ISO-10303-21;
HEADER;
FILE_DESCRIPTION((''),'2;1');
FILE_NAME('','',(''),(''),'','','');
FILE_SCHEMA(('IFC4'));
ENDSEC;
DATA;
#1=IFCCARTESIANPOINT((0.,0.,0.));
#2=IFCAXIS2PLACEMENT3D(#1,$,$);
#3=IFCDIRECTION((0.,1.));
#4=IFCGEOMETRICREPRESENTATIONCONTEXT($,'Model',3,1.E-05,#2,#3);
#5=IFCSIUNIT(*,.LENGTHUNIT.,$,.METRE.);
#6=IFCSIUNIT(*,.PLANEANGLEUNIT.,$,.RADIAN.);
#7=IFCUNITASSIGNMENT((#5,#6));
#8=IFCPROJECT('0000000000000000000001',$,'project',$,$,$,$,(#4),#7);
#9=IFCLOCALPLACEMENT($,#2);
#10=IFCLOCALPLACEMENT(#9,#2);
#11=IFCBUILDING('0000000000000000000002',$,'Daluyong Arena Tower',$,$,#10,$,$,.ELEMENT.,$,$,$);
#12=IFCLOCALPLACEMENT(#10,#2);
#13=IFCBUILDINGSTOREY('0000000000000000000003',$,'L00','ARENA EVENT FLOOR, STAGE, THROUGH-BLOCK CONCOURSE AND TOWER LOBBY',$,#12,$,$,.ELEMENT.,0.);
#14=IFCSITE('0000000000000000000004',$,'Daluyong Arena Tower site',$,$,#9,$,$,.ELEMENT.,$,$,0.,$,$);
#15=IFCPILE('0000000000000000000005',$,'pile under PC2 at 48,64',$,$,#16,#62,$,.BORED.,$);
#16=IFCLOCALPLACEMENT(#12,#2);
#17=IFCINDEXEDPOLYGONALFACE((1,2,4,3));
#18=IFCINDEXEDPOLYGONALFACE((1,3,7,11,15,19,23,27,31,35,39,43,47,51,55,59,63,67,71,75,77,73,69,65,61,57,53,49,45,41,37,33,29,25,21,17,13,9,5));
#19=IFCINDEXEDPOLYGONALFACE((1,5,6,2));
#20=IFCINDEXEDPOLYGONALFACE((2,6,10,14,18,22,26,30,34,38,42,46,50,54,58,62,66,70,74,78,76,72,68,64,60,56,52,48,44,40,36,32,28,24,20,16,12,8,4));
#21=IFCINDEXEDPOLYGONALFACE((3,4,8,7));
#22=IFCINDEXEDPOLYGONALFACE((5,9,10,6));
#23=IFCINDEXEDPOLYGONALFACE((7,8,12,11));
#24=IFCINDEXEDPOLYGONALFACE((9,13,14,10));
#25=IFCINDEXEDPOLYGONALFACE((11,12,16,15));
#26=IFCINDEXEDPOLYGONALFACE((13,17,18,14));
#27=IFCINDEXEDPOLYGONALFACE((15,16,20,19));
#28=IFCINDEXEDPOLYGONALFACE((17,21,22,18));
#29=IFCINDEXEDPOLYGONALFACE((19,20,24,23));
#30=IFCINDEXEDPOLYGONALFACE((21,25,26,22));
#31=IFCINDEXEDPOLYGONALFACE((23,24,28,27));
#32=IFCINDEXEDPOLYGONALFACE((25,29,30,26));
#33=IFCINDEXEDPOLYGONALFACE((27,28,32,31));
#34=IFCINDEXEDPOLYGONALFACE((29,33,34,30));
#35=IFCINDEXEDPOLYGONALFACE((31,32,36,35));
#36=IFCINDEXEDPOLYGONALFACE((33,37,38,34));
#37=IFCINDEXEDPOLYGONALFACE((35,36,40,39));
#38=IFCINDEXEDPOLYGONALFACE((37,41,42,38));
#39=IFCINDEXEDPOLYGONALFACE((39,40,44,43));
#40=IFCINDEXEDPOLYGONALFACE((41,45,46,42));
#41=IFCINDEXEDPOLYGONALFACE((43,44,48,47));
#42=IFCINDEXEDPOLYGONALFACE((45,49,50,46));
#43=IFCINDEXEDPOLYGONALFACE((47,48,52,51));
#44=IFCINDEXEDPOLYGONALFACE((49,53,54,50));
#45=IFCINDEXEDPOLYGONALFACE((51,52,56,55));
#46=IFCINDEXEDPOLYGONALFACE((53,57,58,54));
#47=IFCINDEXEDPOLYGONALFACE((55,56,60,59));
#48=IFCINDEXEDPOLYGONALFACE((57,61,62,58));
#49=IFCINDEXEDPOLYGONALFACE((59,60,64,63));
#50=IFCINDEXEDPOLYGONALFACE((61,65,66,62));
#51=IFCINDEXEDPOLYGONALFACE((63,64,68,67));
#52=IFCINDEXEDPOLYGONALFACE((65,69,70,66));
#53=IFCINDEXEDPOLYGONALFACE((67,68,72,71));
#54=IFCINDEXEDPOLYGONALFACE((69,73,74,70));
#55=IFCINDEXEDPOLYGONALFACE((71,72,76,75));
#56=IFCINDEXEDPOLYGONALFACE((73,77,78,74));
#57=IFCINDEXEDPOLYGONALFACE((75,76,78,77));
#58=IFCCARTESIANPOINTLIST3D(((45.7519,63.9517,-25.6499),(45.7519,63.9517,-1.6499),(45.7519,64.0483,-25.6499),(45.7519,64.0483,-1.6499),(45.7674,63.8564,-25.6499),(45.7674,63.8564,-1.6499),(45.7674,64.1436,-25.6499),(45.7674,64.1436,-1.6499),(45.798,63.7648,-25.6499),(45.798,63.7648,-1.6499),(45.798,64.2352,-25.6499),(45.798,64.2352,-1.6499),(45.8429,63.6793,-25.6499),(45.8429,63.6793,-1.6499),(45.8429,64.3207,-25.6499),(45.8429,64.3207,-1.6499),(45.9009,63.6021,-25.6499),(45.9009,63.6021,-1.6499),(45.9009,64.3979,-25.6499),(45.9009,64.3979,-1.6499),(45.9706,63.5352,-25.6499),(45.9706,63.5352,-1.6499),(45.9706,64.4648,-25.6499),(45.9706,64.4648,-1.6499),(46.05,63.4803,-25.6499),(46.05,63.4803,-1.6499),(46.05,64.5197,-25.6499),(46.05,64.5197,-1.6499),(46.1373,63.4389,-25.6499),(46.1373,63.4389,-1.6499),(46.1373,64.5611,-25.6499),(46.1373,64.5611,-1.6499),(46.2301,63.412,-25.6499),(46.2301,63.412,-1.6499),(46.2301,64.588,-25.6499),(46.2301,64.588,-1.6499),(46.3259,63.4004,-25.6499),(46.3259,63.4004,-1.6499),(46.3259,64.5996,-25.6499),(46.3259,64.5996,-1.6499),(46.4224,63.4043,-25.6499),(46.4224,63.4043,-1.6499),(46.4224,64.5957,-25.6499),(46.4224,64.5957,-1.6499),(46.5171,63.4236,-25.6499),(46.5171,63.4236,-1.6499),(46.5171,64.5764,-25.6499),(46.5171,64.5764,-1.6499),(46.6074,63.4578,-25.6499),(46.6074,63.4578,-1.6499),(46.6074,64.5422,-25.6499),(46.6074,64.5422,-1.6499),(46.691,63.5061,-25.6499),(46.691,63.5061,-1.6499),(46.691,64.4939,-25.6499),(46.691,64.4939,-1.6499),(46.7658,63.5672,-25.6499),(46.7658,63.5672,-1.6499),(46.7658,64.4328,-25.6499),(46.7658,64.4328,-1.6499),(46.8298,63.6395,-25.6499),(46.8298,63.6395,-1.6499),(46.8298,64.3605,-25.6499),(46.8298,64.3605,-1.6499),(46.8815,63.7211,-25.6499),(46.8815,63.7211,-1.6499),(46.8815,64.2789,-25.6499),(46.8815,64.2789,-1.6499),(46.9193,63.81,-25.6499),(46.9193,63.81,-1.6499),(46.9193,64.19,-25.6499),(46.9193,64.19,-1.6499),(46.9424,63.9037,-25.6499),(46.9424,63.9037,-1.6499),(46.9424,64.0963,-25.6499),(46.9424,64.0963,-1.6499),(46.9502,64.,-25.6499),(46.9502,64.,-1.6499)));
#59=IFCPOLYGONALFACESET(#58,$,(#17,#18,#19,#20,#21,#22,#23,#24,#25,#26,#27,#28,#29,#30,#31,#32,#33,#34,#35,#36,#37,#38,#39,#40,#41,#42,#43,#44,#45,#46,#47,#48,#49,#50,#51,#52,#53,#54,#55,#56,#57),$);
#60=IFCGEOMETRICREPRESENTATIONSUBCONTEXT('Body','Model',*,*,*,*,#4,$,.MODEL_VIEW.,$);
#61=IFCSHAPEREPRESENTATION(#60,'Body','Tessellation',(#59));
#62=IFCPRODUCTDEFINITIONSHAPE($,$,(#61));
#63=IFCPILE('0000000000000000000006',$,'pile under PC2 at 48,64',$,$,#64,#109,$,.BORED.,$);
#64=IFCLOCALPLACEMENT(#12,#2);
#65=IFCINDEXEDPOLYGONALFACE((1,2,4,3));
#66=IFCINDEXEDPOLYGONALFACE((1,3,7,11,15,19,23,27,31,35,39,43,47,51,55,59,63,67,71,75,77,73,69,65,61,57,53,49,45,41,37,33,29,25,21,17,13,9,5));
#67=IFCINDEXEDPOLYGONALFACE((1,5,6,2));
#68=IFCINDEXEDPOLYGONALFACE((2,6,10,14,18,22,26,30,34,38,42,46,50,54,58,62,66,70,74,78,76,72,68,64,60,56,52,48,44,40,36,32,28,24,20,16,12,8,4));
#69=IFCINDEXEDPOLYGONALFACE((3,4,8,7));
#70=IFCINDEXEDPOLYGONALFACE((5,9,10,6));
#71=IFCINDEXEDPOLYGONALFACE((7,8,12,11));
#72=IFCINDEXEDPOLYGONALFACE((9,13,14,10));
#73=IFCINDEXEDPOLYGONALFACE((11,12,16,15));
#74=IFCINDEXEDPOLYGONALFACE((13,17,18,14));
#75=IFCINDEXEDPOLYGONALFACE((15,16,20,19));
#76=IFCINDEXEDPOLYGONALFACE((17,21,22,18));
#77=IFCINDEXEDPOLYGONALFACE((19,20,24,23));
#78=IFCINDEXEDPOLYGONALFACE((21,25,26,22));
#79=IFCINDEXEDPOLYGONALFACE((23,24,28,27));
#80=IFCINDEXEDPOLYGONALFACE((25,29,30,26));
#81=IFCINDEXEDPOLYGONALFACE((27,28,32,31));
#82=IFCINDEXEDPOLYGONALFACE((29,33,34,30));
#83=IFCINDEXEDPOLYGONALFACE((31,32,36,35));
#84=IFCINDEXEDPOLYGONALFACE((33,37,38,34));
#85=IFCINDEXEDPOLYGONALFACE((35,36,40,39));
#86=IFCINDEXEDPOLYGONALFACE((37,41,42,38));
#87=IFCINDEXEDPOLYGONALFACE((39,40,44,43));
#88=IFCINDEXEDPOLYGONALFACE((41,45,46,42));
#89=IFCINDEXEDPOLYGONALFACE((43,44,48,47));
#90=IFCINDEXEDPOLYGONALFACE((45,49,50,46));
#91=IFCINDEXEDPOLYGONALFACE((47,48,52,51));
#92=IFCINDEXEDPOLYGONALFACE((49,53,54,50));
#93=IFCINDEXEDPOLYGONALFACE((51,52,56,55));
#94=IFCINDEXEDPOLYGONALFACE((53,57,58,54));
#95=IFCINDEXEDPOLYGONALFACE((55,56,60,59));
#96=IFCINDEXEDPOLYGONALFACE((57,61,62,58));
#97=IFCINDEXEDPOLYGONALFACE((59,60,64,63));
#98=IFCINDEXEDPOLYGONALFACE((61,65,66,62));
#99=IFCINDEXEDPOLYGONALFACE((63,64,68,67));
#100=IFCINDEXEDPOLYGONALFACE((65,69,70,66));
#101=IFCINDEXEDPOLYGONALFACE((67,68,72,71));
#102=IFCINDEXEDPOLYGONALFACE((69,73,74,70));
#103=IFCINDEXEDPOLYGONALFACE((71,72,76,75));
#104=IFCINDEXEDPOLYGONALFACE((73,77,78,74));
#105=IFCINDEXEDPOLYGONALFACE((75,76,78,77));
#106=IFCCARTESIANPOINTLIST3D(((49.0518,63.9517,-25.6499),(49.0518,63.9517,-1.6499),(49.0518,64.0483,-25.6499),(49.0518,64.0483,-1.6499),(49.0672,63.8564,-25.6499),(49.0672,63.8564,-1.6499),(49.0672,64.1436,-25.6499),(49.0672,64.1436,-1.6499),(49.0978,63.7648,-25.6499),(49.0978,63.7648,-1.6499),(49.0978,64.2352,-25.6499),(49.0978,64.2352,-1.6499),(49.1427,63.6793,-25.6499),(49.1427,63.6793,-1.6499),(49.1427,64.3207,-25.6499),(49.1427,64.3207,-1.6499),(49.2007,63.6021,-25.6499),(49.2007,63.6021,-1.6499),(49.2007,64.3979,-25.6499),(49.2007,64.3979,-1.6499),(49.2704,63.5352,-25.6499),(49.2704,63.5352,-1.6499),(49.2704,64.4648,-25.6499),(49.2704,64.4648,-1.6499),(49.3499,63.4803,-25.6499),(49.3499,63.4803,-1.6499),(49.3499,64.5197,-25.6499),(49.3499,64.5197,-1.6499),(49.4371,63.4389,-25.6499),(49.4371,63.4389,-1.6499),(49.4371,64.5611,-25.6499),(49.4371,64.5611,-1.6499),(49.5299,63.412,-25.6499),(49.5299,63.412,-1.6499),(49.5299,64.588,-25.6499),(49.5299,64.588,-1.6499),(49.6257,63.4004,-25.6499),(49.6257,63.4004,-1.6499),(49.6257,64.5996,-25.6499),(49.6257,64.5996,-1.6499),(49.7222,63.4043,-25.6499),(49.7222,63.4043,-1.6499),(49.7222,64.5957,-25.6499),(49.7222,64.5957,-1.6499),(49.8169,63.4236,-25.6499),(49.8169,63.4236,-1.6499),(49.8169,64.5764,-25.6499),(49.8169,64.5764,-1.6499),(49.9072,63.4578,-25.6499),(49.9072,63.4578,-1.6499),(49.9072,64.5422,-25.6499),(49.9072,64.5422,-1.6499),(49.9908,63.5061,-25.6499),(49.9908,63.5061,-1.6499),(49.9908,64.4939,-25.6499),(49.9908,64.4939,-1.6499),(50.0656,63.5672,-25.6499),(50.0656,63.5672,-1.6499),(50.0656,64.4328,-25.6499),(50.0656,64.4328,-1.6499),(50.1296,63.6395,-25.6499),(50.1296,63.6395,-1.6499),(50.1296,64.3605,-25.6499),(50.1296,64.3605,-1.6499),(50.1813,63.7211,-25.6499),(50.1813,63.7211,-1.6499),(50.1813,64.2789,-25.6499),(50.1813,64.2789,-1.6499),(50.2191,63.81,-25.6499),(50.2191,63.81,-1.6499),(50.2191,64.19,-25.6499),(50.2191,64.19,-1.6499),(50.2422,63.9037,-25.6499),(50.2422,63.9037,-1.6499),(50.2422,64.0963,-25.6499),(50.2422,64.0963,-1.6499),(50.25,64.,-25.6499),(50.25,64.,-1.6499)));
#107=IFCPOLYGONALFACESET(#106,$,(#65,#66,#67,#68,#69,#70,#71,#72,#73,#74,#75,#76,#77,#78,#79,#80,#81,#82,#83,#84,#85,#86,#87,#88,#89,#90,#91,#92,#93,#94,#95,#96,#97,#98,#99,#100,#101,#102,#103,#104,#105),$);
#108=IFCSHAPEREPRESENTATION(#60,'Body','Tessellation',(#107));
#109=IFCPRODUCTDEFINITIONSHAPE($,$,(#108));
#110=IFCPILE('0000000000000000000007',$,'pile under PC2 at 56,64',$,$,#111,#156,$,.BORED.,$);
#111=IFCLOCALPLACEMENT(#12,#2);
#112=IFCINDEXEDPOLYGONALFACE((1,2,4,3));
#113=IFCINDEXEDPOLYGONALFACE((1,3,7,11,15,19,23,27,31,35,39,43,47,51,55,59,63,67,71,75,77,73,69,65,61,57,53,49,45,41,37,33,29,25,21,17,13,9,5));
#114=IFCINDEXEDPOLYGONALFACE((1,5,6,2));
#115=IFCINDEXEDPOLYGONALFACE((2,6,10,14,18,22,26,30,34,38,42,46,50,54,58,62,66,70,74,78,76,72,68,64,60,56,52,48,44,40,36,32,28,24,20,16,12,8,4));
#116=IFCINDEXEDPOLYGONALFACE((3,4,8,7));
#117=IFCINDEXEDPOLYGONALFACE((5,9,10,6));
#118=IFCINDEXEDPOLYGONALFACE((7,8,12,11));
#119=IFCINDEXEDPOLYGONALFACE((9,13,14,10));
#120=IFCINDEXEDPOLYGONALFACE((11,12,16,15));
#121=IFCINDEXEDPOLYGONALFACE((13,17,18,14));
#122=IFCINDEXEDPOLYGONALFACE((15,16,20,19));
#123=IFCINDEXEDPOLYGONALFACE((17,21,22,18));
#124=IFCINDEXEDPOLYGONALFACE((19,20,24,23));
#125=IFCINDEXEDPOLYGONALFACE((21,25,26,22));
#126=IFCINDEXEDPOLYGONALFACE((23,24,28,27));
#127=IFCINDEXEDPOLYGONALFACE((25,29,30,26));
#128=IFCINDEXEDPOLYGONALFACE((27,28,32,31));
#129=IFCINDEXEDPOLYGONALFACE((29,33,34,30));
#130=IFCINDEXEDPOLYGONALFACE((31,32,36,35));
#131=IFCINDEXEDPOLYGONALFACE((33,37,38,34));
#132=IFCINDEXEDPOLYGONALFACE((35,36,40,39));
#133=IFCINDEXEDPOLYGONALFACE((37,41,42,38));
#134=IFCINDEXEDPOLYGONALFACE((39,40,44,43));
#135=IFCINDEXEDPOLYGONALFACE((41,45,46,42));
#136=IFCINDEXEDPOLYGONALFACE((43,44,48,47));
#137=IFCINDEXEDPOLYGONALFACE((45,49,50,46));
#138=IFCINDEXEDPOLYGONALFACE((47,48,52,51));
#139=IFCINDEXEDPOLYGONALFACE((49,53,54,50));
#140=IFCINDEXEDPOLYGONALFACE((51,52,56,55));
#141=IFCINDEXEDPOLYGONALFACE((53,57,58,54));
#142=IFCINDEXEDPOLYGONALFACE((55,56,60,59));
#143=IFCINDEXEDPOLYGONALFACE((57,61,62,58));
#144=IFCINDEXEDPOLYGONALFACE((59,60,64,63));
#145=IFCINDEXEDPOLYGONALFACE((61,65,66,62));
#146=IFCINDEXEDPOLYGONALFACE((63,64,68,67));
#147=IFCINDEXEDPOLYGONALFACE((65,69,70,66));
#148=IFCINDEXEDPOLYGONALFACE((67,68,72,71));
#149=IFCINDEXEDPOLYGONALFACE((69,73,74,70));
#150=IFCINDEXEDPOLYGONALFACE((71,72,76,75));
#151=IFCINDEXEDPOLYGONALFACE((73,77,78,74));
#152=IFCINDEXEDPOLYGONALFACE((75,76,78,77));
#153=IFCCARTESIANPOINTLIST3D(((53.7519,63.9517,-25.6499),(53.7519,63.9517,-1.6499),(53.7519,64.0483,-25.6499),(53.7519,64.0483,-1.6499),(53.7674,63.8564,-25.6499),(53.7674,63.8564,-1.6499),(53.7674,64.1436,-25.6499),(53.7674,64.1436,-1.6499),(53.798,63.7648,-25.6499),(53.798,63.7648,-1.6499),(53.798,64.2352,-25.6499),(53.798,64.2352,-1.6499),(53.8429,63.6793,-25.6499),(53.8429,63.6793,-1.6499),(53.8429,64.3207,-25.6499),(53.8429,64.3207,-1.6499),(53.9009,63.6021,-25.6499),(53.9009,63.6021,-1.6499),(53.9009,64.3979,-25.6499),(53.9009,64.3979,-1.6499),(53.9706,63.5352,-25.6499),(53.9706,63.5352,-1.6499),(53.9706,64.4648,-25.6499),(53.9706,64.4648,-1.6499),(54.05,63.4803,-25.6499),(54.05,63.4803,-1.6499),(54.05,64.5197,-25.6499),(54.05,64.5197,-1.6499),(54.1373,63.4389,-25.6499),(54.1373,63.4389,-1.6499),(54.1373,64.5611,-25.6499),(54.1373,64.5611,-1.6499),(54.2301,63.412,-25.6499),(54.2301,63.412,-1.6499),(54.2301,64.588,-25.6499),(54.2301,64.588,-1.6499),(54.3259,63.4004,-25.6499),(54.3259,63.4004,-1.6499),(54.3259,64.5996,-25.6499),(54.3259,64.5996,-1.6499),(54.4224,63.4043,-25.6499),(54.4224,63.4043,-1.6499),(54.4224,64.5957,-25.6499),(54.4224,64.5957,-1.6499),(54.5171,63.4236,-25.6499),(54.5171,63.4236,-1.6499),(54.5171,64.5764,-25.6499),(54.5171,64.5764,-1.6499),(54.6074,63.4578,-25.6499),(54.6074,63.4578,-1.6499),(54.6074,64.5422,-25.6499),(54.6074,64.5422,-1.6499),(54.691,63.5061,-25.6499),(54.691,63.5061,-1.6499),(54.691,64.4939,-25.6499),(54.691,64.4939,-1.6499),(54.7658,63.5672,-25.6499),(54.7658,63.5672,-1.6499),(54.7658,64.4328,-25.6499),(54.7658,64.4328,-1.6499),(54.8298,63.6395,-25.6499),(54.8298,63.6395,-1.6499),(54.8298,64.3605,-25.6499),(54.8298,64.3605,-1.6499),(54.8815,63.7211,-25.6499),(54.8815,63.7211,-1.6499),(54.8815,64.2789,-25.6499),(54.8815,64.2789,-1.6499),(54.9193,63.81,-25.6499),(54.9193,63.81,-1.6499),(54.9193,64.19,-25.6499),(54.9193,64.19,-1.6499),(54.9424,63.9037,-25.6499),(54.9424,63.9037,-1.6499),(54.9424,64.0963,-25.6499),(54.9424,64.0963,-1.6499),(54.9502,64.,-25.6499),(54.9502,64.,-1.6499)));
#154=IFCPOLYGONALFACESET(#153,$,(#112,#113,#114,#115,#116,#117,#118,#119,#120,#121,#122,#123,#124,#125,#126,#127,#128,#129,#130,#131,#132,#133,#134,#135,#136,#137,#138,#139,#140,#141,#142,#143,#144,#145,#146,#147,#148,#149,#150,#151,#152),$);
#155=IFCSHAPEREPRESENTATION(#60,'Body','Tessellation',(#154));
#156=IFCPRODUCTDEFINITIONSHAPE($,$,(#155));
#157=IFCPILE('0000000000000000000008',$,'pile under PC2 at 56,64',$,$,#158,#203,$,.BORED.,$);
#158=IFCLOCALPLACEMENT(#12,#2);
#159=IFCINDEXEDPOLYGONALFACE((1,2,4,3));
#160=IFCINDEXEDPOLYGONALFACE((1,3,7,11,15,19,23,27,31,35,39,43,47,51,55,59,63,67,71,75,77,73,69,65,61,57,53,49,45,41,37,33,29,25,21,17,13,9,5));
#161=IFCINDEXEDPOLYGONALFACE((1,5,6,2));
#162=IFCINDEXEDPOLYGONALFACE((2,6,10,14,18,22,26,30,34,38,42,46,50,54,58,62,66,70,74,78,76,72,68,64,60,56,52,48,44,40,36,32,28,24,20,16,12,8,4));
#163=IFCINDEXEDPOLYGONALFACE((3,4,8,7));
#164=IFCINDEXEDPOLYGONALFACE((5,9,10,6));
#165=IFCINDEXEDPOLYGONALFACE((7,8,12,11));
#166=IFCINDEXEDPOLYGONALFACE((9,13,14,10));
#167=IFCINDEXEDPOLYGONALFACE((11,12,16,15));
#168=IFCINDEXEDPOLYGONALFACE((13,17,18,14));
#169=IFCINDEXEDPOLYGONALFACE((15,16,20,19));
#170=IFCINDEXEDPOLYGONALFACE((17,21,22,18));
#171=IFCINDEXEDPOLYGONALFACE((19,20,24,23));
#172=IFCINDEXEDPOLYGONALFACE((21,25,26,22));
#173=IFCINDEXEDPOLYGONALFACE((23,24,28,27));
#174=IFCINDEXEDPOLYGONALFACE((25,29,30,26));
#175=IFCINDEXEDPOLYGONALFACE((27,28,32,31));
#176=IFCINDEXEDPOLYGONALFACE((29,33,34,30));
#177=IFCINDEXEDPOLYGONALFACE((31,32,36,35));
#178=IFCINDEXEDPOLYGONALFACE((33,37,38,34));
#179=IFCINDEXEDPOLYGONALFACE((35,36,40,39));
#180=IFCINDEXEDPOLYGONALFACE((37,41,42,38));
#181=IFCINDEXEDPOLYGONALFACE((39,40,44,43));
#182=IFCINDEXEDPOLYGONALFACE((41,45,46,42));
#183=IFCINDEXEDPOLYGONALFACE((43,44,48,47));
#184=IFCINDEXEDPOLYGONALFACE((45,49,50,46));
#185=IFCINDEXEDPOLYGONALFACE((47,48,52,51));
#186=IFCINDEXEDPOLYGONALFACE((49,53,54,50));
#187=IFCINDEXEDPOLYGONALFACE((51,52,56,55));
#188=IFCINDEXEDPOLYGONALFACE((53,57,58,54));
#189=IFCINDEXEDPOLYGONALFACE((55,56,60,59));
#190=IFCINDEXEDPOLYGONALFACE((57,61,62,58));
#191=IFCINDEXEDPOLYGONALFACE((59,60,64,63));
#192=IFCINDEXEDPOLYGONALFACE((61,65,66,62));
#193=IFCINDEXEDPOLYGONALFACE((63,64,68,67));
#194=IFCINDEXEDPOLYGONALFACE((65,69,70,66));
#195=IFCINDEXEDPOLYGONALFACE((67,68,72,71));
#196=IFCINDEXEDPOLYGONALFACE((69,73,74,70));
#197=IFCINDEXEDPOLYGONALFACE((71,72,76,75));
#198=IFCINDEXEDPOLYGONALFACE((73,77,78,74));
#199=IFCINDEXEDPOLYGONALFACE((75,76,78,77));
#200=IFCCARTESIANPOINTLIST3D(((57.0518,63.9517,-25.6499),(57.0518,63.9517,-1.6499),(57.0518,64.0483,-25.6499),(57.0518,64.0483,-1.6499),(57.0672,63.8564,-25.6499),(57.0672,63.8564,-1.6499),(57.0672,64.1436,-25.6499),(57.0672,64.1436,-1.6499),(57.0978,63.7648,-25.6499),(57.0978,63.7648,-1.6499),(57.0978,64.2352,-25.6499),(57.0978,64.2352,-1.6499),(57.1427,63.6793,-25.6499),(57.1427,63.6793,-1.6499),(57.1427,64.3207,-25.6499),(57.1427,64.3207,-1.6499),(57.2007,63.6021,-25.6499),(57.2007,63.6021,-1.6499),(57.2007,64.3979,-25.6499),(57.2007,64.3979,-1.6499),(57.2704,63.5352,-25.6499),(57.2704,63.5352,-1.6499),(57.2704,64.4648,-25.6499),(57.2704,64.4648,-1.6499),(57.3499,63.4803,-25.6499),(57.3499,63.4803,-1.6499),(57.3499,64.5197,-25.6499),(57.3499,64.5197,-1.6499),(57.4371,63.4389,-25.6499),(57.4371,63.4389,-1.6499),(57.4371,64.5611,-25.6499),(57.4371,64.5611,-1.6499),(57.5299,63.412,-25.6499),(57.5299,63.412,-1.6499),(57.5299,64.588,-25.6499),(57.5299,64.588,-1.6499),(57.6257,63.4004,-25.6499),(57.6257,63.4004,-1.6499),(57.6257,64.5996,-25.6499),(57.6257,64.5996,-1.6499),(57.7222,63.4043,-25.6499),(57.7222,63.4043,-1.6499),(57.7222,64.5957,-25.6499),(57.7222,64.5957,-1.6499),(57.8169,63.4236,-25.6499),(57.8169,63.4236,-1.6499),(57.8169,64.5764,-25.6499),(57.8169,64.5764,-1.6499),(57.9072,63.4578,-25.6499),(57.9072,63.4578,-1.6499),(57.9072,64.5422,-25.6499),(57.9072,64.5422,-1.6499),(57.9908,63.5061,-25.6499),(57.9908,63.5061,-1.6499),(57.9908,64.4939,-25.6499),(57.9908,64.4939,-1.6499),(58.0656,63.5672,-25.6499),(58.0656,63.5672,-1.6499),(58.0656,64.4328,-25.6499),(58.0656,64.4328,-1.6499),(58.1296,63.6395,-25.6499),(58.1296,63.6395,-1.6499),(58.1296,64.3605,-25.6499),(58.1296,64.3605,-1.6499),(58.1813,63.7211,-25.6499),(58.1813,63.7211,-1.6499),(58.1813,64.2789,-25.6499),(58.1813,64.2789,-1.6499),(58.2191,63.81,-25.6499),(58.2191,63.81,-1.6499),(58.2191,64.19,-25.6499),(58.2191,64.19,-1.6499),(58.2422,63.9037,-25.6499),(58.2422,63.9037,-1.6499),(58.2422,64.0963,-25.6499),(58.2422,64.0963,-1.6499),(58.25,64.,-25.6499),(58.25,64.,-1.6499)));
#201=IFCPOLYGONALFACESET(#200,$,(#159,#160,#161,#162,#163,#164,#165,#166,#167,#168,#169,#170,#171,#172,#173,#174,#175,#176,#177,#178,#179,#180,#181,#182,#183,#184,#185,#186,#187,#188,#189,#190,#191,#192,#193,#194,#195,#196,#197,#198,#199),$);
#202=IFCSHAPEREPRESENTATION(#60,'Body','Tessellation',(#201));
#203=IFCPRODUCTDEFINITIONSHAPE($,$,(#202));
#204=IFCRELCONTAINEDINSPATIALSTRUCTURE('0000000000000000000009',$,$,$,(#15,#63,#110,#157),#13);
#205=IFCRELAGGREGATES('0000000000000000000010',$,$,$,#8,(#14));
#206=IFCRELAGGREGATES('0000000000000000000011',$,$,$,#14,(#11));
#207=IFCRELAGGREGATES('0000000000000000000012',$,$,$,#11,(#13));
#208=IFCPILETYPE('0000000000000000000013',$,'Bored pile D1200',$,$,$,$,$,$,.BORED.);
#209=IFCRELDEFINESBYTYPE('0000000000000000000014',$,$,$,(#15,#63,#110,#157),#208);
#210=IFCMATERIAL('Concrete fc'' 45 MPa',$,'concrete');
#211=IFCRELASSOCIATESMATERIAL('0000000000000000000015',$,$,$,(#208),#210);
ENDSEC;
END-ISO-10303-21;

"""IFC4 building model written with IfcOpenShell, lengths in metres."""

from ifc_helpers import new_model, si_unit, direction, frame, origin, origin_2d, place, context, subcontext, project, spatial, circle, extrude, material, type_object, element, save


model = new_model("IFC4")

# Units and contexts
model_context = context("Model", 3, precision=1e-05, world=origin(), true_north=direction((0.0, 1.0)))
body_context = subcontext(model_context, "Body", "Model", "MODEL_VIEW")
ifc_project = project(units=[si_unit("LENGTHUNIT", "METRE"), si_unit("PLANEANGLEUNIT", "RADIAN")], contexts=[model_context])

# Site, building, storey
site_placement = place(None, origin())
site = spatial("IfcSite", under=ifc_project, at=site_placement, Name="Daluyong Arena Tower site", CompositionType="ELEMENT", RefElevation=0.0)
building_placement = place(site_placement, origin())
building = spatial("IfcBuilding", under=site, at=building_placement, Name="Daluyong Arena Tower", CompositionType="ELEMENT")
storey_placement = place(building_placement, origin())
storey = spatial("IfcBuildingStorey", under=building, at=storey_placement, Name="L00", Description="ARENA EVENT FLOOR, STAGE, THROUGH-BLOCK CONCOURSE AND TOWER LOBBY", CompositionType="ELEMENT", Elevation=0.0)

# Piles
ifc_material_1 = material(Name="Concrete fc' 45 MPa", Category="concrete")
pile_type_1 = type_object("IfcPileType", Name="Bored pile D1200", PredefinedType="BORED", material=ifc_material_1)
for number, where, z_axis, x_axis, name in (
    (1, (46.3501, 64.0, -1.6499), (0.0, 0.0, -1.0), (1.0, 0.0, 0.0), "pile under PC2 at 48,64"),
    (2, (49.6499, 64.0, -1.6499), (0.0, 0.0, -1.0), (1.0, 0.0, 0.0), "pile under PC2 at 48,64"),
    (3, (54.3501, 64.0, -1.6499), (0.0, 0.0, -1.0), (1.0, 0.0, 0.0), "pile under PC2 at 56,64"),
    (4, (57.6499, 64.0, -1.6499), (0.0, 0.0, -1.0), (1.0, 0.0, 0.0), "pile under PC2 at 56,64"),
):
    element("IfcPile", number, at=place(storey_placement, frame(where, z_axis=z_axis, x_axis=x_axis)), inside=storey, type_object=pile_type_1, Name=name, PredefinedType="BORED", context=body_context, shape_type="SweptSolid", body=[
        extrude(circle(Radius=0.6001, at=origin_2d()), origin(), (0.0, 0.0, 1.0), 24.0),
    ])

save(model, "model.ifc")
